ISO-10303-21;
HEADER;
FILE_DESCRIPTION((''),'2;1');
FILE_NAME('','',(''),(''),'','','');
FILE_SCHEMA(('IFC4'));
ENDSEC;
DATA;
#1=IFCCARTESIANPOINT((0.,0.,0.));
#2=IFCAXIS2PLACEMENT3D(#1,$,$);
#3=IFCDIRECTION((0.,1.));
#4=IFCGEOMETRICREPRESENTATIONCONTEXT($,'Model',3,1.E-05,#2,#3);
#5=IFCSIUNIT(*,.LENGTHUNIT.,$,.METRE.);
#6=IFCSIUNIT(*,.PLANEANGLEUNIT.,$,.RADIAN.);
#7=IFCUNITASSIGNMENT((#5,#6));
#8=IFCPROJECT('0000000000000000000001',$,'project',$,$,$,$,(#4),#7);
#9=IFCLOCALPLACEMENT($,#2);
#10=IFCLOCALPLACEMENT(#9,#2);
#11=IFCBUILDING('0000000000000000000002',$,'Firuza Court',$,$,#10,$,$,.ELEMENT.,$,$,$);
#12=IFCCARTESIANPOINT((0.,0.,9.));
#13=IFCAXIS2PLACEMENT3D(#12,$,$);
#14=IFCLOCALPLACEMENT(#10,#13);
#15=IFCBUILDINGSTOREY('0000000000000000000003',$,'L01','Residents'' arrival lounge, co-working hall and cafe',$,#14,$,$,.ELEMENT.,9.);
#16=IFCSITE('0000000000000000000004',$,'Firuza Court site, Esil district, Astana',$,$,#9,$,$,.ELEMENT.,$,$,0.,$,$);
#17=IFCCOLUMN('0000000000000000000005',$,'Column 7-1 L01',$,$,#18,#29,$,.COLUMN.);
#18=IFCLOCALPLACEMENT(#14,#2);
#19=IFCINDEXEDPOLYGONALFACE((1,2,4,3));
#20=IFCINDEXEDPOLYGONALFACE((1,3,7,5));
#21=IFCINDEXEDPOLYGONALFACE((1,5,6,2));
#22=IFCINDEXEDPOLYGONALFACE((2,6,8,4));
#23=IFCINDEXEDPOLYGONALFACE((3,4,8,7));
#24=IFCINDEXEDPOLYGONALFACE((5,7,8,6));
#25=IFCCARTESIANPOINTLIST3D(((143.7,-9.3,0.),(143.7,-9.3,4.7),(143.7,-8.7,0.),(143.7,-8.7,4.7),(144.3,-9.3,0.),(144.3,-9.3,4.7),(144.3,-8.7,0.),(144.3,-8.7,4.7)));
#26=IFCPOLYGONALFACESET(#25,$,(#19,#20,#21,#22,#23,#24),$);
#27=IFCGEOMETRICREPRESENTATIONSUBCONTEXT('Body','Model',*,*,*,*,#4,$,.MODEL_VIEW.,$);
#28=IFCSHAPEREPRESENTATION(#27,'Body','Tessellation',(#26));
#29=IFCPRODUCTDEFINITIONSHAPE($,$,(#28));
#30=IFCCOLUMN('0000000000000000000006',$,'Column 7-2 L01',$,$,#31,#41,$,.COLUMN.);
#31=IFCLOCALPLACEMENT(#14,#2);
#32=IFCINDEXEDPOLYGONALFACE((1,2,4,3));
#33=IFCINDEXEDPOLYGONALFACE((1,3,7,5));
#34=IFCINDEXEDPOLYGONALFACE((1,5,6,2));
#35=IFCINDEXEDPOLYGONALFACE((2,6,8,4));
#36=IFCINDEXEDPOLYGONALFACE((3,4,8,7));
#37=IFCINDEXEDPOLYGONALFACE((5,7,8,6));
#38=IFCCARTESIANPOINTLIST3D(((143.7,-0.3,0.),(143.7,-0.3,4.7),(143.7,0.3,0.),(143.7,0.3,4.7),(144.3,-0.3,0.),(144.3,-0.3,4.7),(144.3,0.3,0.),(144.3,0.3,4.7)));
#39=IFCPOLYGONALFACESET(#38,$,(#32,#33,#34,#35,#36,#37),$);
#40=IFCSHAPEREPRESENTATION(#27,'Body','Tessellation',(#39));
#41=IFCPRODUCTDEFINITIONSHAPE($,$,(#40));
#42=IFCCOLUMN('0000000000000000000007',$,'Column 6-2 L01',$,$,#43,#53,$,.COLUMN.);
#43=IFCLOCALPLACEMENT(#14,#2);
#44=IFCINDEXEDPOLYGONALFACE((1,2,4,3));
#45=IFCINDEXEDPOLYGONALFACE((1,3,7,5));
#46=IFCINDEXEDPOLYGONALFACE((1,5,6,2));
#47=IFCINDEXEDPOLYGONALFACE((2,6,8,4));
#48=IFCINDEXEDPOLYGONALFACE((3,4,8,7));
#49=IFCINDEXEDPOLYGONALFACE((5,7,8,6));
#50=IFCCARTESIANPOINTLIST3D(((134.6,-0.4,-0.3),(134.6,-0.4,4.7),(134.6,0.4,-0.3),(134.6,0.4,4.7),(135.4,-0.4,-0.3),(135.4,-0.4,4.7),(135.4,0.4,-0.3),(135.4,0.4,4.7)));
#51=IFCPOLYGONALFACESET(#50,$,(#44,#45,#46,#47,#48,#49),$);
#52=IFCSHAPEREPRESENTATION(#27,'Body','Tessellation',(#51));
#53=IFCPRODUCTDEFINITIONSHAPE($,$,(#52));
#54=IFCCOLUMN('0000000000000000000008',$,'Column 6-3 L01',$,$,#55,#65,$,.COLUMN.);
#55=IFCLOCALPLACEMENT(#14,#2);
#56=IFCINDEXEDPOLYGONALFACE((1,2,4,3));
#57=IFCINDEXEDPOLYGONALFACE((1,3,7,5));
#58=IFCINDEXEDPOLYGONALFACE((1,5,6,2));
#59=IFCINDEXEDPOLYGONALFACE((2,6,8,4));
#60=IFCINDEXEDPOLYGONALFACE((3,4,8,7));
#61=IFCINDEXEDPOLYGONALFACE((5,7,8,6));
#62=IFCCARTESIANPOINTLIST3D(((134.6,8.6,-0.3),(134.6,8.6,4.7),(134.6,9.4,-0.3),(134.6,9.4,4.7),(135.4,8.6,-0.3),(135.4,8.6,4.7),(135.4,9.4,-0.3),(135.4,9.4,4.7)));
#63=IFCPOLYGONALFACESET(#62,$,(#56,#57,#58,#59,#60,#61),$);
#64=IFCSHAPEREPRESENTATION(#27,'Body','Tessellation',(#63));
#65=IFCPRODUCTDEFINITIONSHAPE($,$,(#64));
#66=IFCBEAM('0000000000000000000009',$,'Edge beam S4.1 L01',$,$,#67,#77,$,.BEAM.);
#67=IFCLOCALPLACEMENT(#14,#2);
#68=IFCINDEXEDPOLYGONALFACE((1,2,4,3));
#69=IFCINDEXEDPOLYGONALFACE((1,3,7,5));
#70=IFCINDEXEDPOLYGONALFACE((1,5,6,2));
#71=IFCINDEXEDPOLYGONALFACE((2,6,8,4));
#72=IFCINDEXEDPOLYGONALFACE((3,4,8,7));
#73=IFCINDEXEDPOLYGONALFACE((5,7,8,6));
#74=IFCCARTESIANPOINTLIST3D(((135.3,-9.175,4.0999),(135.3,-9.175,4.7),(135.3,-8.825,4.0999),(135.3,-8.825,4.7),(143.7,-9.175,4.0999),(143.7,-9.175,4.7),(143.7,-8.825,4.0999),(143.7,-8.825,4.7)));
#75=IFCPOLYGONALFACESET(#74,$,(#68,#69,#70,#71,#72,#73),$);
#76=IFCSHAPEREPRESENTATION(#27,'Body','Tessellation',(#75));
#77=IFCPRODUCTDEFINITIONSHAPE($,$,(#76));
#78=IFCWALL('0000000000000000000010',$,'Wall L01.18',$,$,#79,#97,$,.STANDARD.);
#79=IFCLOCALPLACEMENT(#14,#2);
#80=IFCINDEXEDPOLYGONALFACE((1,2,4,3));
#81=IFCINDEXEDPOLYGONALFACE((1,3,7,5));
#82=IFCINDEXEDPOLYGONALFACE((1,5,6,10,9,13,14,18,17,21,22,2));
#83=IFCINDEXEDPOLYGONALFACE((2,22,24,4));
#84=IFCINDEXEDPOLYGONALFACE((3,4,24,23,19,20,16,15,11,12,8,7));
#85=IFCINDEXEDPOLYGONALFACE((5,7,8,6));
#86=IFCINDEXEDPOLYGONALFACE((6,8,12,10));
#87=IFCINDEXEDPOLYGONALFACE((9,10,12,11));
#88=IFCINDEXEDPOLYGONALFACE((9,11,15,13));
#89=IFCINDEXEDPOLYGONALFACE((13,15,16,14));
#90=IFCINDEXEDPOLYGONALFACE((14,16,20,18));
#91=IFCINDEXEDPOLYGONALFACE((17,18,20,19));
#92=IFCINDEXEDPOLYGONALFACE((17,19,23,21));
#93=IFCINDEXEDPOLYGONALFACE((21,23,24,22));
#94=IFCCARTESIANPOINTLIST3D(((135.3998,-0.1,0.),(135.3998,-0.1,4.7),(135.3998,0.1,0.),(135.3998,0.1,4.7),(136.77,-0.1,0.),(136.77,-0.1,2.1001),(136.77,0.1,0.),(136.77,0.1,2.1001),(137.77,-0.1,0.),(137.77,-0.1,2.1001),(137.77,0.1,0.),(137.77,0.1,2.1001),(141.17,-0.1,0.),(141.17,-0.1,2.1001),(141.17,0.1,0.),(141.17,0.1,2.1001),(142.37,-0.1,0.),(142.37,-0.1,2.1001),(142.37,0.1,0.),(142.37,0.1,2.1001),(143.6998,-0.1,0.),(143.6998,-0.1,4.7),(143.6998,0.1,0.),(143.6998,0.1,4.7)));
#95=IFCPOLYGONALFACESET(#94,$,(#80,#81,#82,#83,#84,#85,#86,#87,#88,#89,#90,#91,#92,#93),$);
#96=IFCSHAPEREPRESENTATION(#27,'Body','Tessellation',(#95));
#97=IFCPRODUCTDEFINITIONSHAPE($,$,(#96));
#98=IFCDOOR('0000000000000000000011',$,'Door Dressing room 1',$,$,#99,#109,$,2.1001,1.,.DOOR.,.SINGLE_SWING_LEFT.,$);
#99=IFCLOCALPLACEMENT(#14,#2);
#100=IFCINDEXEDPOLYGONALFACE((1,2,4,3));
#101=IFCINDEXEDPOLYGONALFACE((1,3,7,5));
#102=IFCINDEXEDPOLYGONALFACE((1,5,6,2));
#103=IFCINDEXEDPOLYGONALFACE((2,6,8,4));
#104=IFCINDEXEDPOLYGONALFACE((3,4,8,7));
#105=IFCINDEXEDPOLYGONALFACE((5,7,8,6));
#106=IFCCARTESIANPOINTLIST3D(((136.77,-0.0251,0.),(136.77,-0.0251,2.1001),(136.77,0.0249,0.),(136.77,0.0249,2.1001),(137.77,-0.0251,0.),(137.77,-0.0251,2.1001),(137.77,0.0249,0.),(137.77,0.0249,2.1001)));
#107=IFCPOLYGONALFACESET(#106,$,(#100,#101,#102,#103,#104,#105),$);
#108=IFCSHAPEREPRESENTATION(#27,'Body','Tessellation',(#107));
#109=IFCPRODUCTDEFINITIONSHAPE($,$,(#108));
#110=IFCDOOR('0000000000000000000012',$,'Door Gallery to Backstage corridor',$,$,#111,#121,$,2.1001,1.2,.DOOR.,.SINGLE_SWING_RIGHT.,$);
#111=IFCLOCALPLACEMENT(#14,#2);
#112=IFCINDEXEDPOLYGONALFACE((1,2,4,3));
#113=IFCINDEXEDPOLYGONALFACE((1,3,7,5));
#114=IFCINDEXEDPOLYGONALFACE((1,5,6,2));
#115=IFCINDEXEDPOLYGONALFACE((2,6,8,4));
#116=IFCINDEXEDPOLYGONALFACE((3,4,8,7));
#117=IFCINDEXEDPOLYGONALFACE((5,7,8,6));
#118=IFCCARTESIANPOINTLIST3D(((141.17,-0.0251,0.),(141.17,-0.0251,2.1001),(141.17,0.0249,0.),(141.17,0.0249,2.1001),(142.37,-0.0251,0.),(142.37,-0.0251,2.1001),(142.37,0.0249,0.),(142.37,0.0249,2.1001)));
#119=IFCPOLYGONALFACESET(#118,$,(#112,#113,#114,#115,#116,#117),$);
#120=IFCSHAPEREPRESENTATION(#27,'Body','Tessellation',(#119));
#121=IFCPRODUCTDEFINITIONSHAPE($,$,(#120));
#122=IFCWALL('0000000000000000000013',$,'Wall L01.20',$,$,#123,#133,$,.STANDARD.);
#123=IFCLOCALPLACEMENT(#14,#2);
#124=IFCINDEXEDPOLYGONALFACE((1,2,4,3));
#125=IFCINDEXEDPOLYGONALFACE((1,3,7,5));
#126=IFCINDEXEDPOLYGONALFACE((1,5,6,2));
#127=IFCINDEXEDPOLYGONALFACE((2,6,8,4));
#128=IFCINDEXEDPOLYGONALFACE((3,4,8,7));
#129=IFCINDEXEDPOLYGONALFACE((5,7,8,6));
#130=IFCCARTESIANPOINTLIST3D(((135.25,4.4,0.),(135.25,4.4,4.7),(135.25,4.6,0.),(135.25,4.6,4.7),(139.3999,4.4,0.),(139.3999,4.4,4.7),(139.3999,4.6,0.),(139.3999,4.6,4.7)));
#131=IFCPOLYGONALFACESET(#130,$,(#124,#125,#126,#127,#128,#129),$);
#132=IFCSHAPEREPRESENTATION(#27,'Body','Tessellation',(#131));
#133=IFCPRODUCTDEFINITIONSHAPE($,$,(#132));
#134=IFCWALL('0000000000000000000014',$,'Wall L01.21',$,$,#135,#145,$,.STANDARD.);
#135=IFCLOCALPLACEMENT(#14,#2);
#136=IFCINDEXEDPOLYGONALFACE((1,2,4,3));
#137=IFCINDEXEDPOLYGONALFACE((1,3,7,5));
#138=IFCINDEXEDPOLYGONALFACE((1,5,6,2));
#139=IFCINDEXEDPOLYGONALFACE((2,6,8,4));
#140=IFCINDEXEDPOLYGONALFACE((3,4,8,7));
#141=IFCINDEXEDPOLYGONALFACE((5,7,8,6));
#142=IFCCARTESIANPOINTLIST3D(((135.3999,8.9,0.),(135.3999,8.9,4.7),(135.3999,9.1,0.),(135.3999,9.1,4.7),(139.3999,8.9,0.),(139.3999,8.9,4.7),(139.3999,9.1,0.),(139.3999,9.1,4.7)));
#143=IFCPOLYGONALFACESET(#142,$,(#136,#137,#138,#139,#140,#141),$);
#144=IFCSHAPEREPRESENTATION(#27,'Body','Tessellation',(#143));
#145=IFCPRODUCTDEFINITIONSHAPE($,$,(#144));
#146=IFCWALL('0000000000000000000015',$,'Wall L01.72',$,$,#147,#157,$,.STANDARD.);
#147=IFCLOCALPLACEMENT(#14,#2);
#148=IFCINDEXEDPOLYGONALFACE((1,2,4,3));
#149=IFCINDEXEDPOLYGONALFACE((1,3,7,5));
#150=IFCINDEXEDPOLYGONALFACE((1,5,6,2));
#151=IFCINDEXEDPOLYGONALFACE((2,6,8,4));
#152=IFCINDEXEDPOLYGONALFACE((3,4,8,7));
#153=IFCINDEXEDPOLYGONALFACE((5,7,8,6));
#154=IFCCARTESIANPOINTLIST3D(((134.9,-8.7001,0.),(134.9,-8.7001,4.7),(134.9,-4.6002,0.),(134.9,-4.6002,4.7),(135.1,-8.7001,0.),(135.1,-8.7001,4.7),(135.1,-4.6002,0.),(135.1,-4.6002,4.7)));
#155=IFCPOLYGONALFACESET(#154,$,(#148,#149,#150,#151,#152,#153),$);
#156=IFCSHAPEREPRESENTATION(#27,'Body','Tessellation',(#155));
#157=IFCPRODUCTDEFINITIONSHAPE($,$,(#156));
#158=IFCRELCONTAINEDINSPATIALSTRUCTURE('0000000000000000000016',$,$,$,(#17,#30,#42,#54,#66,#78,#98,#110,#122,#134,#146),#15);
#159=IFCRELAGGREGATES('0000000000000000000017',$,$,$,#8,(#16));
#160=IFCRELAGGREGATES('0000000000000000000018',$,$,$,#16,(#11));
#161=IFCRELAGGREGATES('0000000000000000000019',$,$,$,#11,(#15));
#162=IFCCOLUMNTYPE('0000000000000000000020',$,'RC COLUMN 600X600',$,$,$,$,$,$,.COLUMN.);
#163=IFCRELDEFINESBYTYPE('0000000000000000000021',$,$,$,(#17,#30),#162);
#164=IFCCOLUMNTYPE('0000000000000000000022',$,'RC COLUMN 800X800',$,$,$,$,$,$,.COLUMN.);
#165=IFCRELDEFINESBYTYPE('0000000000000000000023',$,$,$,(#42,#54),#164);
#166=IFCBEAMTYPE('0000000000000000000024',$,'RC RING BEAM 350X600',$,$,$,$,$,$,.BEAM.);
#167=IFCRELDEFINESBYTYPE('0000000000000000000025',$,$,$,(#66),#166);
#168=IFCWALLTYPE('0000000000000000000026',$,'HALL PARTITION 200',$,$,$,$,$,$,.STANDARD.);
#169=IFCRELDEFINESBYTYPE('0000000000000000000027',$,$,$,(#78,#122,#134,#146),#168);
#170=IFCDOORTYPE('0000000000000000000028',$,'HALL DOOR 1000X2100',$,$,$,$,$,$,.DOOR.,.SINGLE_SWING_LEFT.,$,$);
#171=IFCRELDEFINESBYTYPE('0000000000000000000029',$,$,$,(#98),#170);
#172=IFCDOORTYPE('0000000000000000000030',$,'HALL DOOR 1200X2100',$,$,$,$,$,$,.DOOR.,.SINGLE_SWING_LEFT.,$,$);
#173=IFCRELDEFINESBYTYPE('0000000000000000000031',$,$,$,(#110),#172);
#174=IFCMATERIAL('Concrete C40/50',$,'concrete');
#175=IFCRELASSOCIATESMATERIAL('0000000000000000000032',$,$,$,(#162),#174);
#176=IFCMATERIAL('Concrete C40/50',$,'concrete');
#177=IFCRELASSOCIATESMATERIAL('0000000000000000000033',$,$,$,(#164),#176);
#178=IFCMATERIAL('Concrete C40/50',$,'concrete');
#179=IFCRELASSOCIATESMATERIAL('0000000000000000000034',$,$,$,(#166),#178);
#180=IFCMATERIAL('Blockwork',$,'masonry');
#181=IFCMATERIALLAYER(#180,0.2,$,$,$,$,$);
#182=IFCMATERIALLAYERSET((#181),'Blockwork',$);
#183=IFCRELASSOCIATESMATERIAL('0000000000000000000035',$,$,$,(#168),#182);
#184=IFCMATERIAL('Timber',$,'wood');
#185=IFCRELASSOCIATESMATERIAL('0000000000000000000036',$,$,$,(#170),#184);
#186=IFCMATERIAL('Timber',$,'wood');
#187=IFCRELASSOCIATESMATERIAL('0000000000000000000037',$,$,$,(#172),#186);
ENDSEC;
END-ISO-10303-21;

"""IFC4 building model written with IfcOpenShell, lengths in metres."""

from ifc_helpers import new_model, si_unit, direction, frame, frame_2d, origin, origin_2d, place, context, subcontext, project, spatial, rectangle, extrude, material, layer, layer_set, material_profile, profile_set, type_object, element, fill, save


model = new_model("IFC4")

# Units and contexts
model_context = context("Model", 3, precision=1e-05, world=origin(), true_north=direction((0.0, 1.0)))
body_context = subcontext(model_context, "Body", "Model", "MODEL_VIEW")
ifc_project = project(units=[si_unit("LENGTHUNIT", "METRE"), si_unit("PLANEANGLEUNIT", "RADIAN")], contexts=[model_context])

# Site, building, storey
site_placement = place(None, origin())
site = spatial("IfcSite", under=ifc_project, at=site_placement, Name="Firuza Court site, Esil district, Astana", CompositionType="ELEMENT", RefElevation=0.0)
building_placement = place(site_placement, origin())
building = spatial("IfcBuilding", under=site, at=building_placement, Name="Firuza Court", CompositionType="ELEMENT")
storey_placement = place(building_placement, frame((0.0, 0.0, 9.0)))
storey = spatial("IfcBuildingStorey", under=building, at=storey_placement, Name="L01", Description="Residents' arrival lounge, co-working hall and cafe", CompositionType="ELEMENT", Elevation=9.0)

# Columns
ifc_material_1 = material(Name="Concrete C40/50", Category="concrete")
ifc_material_profile_1 = material_profile(ifc_material_1, rectangle(XDim=0.6001, YDim=0.6001, at=origin_2d()), Name="RC 600X600")
ifc_profile_set_1 = profile_set([ifc_material_profile_1], Name="Concrete C40/50")
column_type_1 = type_object("IfcColumnType", Name="RC COLUMN 600X600", PredefinedType="COLUMN", material=ifc_profile_set_1)
for number, where, z_axis, x_axis, name in (
    (1, (144.0, -9.0, 0.0), (0.0, 0.0, 1.0), (1.0, 0.0, 0.0), "Column 7-1 L01"),
    (2, (144.0, 0.0, 0.0), (0.0, 0.0, 1.0), (1.0, 0.0, 0.0), "Column 7-2 L01"),
):
    element("IfcColumn", number, at=place(storey_placement, frame(where, z_axis=z_axis, x_axis=x_axis)), inside=storey, type_object=column_type_1, Name=name, PredefinedType="COLUMN", context=body_context, shape_type="SweptSolid", body=[
        extrude(rectangle(XDim=0.6001, YDim=0.6001, at=origin_2d()), origin(), (0.0, 0.0, 1.0), 4.7),
    ])
ifc_material_2 = material(Name="Concrete C40/50", Category="concrete")
ifc_material_profile_2 = material_profile(ifc_material_2, rectangle(XDim=0.8, YDim=0.8, at=origin_2d()), Name="RC 800X800")
ifc_profile_set_2 = profile_set([ifc_material_profile_2], Name="Concrete C40/50")
column_type_2 = type_object("IfcColumnType", Name="RC COLUMN 800X800", PredefinedType="COLUMN", material=ifc_profile_set_2)
for number, where, z_axis, x_axis, name in (
    (3, (135.0, 0.0, -0.3), (0.0, 0.0, 1.0), (1.0, 0.0, 0.0), "Column 6-2 L01"),
    (4, (135.0, 9.0, -0.3), (0.0, 0.0, 1.0), (1.0, 0.0, 0.0), "Column 6-3 L01"),
):
    element("IfcColumn", number, at=place(storey_placement, frame(where, z_axis=z_axis, x_axis=x_axis)), inside=storey, type_object=column_type_2, Name=name, PredefinedType="COLUMN", context=body_context, shape_type="SweptSolid", body=[
        extrude(rectangle(XDim=0.8, YDim=0.8, at=origin_2d()), origin(), (0.0, 0.0, 1.0), 5.0),
    ])

# Beam
ifc_material_3 = material(Name="Concrete C40/50", Category="concrete")
ifc_material_profile_3 = material_profile(ifc_material_3, rectangle(XDim=0.3501, YDim=0.6001, at=origin_2d()), Name="RC 350X600")
ifc_profile_set_3 = profile_set([ifc_material_profile_3], Name="Concrete C40/50")
beam_type = type_object("IfcBeamType", Name="RC RING BEAM 350X600", PredefinedType="BEAM", material=ifc_profile_set_3)
beam_placement = place(storey_placement, frame((135.3, -9.0, 4.3999), z_axis=(1.0, 0.0, 0.0), x_axis=(0.0, 1.0, 0.0)))
element("IfcBeam", 5, at=beam_placement, inside=storey, type_object=beam_type, Name="Edge beam S4.1 L01", PredefinedType="BEAM", context=body_context, shape_type="SweptSolid", body=[
    extrude(rectangle(XDim=0.3501, YDim=0.6001, at=origin_2d()), origin(), (0.0, 0.0, 1.0), 8.3999),
])

# Wall, openings, doors
ifc_material_4 = material(Name="Blockwork", Category="masonry")
ifc_layer_1 = layer(ifc_material_4, 0.2)
ifc_layer_set_1 = layer_set([ifc_layer_1], Name="Blockwork")
wall_type_1 = type_object("IfcWallType", Name="HALL PARTITION 200", PredefinedType="STANDARD", material=ifc_layer_set_1)
wall_1_placement = place(storey_placement, frame((135.3999, 0.0, 0.0), z_axis=(0.0, 0.0, 1.0), x_axis=(1.0, 0.0, 0.0)))
wall_1 = element("IfcWall", 6, at=wall_1_placement, inside=storey, type_object=wall_type_1, Name="Wall L01.18", PredefinedType="STANDARD", context=body_context, shape_type="SweptSolid", body=[
    extrude(rectangle(XDim=8.3, YDim=0.2, at=frame_2d((4.1499, 0.0))), origin(), (0.0, 0.0, 1.0), 4.7),
])
opening_1_placement = place(wall_1_placement, frame((5.77, 0.0, 0.0)))
opening_1 = element("IfcOpeningElement", 7, at=opening_1_placement, cuts=wall_1, PredefinedType="OPENING", context=body_context, shape_type="SweptSolid", body=[
    extrude(rectangle(XDim=1.2, YDim=2.1001, at=frame_2d((0.6001, 1.05))), frame((0.0, 0.1118, 0.0), z_axis=(0.0, -1.0, 0.0), x_axis=(1.0, 0.0, 0.0)), (0.0, 0.0, 1.0), 0.2239),
])
opening_2_placement = place(wall_1_placement, frame((1.3701, 0.0, 0.0)))
opening_2 = element("IfcOpeningElement", 8, at=opening_2_placement, cuts=wall_1, PredefinedType="OPENING", context=body_context, shape_type="SweptSolid", body=[
    extrude(rectangle(XDim=1.0, YDim=2.1001, at=frame_2d((0.5, 1.05))), frame((0.0, 0.1118, 0.0), z_axis=(0.0, -1.0, 0.0), x_axis=(1.0, 0.0, 0.0)), (0.0, 0.0, 1.0), 0.2239),
])
ifc_material_5 = material(Name="Timber", Category="wood")
door_type_1 = type_object("IfcDoorType", Name="HALL DOOR 1000X2100", OperationType="SINGLE_SWING_LEFT", PredefinedType="DOOR", material=ifc_material_5)
door_1_placement = place(opening_2_placement, origin())
door_1 = element("IfcDoor", 9, at=door_1_placement, inside=storey, type_object=door_type_1, Name="Door Dressing room 1", OperationType="SINGLE_SWING_LEFT", OverallHeight=2.1001, OverallWidth=1.0, PredefinedType="DOOR", context=body_context, shape_type="SweptSolid", body=[
    extrude(rectangle(XDim=1.0, YDim=2.1001, at=frame_2d((0.5, 1.05))), frame((0.0, 0.0249, 0.0), z_axis=(0.0, -1.0, 0.0), x_axis=(1.0, 0.0, 0.0)), (0.0, 0.0, 1.0), 0.05),
])
fill(opening_2, door_1)
ifc_material_6 = material(Name="Timber", Category="wood")
door_type_2 = type_object("IfcDoorType", Name="HALL DOOR 1200X2100", OperationType="SINGLE_SWING_LEFT", PredefinedType="DOOR", material=ifc_material_6)
door_2_placement = place(opening_1_placement, origin())
door_2 = element("IfcDoor", 10, at=door_2_placement, inside=storey, type_object=door_type_2, Name="Door Gallery to Backstage corridor", OperationType="SINGLE_SWING_RIGHT", OverallHeight=2.1001, OverallWidth=1.2, PredefinedType="DOOR", context=body_context, shape_type="SweptSolid", body=[
    extrude(rectangle(XDim=1.2, YDim=2.1001, at=frame_2d((0.6001, 1.05))), frame((0.0, 0.0249, 0.0), z_axis=(0.0, -1.0, 0.0), x_axis=(1.0, 0.0, 0.0)), (0.0, 0.0, 1.0), 0.05),
])
fill(opening_1, door_2)

# Walls
wall_2_placement = place(storey_placement, frame((135.25, 4.5, 0.0), z_axis=(0.0, 0.0, 1.0), x_axis=(1.0, 0.0, 0.0)))
element("IfcWall", 11, at=wall_2_placement, inside=storey, type_object=wall_type_1, Name="Wall L01.20", PredefinedType="STANDARD", context=body_context, shape_type="SweptSolid", body=[
    extrude(rectangle(XDim=4.1499, YDim=0.2, at=frame_2d((2.075, 0.0))), origin(), (0.0, 0.0, 1.0), 4.7),
])
wall_3_placement = place(storey_placement, frame((135.3999, 9.0, 0.0), z_axis=(0.0, 0.0, 1.0), x_axis=(1.0, 0.0, 0.0)))
element("IfcWall", 12, at=wall_3_placement, inside=storey, type_object=wall_type_1, Name="Wall L01.21", PredefinedType="STANDARD", context=body_context, shape_type="SweptSolid", body=[
    extrude(rectangle(XDim=4.0, YDim=0.2, at=frame_2d((2.0, 0.0))), origin(), (0.0, 0.0, 1.0), 4.7),
])
wall_4_placement = place(storey_placement, frame((135.0, -8.7, 0.0), z_axis=(0.0, 0.0, 1.0), x_axis=(0.0, 1.0, 0.0)))
element("IfcWall", 13, at=wall_4_placement, inside=storey, type_object=wall_type_1, Name="Wall L01.72", PredefinedType="STANDARD", context=body_context, shape_type="SweptSolid", body=[
    extrude(rectangle(XDim=4.0999, YDim=0.2, at=frame_2d((2.0498, 0.0))), origin(), (0.0, 0.0, 1.0), 4.7),
])

save(model, "model.ifc")
